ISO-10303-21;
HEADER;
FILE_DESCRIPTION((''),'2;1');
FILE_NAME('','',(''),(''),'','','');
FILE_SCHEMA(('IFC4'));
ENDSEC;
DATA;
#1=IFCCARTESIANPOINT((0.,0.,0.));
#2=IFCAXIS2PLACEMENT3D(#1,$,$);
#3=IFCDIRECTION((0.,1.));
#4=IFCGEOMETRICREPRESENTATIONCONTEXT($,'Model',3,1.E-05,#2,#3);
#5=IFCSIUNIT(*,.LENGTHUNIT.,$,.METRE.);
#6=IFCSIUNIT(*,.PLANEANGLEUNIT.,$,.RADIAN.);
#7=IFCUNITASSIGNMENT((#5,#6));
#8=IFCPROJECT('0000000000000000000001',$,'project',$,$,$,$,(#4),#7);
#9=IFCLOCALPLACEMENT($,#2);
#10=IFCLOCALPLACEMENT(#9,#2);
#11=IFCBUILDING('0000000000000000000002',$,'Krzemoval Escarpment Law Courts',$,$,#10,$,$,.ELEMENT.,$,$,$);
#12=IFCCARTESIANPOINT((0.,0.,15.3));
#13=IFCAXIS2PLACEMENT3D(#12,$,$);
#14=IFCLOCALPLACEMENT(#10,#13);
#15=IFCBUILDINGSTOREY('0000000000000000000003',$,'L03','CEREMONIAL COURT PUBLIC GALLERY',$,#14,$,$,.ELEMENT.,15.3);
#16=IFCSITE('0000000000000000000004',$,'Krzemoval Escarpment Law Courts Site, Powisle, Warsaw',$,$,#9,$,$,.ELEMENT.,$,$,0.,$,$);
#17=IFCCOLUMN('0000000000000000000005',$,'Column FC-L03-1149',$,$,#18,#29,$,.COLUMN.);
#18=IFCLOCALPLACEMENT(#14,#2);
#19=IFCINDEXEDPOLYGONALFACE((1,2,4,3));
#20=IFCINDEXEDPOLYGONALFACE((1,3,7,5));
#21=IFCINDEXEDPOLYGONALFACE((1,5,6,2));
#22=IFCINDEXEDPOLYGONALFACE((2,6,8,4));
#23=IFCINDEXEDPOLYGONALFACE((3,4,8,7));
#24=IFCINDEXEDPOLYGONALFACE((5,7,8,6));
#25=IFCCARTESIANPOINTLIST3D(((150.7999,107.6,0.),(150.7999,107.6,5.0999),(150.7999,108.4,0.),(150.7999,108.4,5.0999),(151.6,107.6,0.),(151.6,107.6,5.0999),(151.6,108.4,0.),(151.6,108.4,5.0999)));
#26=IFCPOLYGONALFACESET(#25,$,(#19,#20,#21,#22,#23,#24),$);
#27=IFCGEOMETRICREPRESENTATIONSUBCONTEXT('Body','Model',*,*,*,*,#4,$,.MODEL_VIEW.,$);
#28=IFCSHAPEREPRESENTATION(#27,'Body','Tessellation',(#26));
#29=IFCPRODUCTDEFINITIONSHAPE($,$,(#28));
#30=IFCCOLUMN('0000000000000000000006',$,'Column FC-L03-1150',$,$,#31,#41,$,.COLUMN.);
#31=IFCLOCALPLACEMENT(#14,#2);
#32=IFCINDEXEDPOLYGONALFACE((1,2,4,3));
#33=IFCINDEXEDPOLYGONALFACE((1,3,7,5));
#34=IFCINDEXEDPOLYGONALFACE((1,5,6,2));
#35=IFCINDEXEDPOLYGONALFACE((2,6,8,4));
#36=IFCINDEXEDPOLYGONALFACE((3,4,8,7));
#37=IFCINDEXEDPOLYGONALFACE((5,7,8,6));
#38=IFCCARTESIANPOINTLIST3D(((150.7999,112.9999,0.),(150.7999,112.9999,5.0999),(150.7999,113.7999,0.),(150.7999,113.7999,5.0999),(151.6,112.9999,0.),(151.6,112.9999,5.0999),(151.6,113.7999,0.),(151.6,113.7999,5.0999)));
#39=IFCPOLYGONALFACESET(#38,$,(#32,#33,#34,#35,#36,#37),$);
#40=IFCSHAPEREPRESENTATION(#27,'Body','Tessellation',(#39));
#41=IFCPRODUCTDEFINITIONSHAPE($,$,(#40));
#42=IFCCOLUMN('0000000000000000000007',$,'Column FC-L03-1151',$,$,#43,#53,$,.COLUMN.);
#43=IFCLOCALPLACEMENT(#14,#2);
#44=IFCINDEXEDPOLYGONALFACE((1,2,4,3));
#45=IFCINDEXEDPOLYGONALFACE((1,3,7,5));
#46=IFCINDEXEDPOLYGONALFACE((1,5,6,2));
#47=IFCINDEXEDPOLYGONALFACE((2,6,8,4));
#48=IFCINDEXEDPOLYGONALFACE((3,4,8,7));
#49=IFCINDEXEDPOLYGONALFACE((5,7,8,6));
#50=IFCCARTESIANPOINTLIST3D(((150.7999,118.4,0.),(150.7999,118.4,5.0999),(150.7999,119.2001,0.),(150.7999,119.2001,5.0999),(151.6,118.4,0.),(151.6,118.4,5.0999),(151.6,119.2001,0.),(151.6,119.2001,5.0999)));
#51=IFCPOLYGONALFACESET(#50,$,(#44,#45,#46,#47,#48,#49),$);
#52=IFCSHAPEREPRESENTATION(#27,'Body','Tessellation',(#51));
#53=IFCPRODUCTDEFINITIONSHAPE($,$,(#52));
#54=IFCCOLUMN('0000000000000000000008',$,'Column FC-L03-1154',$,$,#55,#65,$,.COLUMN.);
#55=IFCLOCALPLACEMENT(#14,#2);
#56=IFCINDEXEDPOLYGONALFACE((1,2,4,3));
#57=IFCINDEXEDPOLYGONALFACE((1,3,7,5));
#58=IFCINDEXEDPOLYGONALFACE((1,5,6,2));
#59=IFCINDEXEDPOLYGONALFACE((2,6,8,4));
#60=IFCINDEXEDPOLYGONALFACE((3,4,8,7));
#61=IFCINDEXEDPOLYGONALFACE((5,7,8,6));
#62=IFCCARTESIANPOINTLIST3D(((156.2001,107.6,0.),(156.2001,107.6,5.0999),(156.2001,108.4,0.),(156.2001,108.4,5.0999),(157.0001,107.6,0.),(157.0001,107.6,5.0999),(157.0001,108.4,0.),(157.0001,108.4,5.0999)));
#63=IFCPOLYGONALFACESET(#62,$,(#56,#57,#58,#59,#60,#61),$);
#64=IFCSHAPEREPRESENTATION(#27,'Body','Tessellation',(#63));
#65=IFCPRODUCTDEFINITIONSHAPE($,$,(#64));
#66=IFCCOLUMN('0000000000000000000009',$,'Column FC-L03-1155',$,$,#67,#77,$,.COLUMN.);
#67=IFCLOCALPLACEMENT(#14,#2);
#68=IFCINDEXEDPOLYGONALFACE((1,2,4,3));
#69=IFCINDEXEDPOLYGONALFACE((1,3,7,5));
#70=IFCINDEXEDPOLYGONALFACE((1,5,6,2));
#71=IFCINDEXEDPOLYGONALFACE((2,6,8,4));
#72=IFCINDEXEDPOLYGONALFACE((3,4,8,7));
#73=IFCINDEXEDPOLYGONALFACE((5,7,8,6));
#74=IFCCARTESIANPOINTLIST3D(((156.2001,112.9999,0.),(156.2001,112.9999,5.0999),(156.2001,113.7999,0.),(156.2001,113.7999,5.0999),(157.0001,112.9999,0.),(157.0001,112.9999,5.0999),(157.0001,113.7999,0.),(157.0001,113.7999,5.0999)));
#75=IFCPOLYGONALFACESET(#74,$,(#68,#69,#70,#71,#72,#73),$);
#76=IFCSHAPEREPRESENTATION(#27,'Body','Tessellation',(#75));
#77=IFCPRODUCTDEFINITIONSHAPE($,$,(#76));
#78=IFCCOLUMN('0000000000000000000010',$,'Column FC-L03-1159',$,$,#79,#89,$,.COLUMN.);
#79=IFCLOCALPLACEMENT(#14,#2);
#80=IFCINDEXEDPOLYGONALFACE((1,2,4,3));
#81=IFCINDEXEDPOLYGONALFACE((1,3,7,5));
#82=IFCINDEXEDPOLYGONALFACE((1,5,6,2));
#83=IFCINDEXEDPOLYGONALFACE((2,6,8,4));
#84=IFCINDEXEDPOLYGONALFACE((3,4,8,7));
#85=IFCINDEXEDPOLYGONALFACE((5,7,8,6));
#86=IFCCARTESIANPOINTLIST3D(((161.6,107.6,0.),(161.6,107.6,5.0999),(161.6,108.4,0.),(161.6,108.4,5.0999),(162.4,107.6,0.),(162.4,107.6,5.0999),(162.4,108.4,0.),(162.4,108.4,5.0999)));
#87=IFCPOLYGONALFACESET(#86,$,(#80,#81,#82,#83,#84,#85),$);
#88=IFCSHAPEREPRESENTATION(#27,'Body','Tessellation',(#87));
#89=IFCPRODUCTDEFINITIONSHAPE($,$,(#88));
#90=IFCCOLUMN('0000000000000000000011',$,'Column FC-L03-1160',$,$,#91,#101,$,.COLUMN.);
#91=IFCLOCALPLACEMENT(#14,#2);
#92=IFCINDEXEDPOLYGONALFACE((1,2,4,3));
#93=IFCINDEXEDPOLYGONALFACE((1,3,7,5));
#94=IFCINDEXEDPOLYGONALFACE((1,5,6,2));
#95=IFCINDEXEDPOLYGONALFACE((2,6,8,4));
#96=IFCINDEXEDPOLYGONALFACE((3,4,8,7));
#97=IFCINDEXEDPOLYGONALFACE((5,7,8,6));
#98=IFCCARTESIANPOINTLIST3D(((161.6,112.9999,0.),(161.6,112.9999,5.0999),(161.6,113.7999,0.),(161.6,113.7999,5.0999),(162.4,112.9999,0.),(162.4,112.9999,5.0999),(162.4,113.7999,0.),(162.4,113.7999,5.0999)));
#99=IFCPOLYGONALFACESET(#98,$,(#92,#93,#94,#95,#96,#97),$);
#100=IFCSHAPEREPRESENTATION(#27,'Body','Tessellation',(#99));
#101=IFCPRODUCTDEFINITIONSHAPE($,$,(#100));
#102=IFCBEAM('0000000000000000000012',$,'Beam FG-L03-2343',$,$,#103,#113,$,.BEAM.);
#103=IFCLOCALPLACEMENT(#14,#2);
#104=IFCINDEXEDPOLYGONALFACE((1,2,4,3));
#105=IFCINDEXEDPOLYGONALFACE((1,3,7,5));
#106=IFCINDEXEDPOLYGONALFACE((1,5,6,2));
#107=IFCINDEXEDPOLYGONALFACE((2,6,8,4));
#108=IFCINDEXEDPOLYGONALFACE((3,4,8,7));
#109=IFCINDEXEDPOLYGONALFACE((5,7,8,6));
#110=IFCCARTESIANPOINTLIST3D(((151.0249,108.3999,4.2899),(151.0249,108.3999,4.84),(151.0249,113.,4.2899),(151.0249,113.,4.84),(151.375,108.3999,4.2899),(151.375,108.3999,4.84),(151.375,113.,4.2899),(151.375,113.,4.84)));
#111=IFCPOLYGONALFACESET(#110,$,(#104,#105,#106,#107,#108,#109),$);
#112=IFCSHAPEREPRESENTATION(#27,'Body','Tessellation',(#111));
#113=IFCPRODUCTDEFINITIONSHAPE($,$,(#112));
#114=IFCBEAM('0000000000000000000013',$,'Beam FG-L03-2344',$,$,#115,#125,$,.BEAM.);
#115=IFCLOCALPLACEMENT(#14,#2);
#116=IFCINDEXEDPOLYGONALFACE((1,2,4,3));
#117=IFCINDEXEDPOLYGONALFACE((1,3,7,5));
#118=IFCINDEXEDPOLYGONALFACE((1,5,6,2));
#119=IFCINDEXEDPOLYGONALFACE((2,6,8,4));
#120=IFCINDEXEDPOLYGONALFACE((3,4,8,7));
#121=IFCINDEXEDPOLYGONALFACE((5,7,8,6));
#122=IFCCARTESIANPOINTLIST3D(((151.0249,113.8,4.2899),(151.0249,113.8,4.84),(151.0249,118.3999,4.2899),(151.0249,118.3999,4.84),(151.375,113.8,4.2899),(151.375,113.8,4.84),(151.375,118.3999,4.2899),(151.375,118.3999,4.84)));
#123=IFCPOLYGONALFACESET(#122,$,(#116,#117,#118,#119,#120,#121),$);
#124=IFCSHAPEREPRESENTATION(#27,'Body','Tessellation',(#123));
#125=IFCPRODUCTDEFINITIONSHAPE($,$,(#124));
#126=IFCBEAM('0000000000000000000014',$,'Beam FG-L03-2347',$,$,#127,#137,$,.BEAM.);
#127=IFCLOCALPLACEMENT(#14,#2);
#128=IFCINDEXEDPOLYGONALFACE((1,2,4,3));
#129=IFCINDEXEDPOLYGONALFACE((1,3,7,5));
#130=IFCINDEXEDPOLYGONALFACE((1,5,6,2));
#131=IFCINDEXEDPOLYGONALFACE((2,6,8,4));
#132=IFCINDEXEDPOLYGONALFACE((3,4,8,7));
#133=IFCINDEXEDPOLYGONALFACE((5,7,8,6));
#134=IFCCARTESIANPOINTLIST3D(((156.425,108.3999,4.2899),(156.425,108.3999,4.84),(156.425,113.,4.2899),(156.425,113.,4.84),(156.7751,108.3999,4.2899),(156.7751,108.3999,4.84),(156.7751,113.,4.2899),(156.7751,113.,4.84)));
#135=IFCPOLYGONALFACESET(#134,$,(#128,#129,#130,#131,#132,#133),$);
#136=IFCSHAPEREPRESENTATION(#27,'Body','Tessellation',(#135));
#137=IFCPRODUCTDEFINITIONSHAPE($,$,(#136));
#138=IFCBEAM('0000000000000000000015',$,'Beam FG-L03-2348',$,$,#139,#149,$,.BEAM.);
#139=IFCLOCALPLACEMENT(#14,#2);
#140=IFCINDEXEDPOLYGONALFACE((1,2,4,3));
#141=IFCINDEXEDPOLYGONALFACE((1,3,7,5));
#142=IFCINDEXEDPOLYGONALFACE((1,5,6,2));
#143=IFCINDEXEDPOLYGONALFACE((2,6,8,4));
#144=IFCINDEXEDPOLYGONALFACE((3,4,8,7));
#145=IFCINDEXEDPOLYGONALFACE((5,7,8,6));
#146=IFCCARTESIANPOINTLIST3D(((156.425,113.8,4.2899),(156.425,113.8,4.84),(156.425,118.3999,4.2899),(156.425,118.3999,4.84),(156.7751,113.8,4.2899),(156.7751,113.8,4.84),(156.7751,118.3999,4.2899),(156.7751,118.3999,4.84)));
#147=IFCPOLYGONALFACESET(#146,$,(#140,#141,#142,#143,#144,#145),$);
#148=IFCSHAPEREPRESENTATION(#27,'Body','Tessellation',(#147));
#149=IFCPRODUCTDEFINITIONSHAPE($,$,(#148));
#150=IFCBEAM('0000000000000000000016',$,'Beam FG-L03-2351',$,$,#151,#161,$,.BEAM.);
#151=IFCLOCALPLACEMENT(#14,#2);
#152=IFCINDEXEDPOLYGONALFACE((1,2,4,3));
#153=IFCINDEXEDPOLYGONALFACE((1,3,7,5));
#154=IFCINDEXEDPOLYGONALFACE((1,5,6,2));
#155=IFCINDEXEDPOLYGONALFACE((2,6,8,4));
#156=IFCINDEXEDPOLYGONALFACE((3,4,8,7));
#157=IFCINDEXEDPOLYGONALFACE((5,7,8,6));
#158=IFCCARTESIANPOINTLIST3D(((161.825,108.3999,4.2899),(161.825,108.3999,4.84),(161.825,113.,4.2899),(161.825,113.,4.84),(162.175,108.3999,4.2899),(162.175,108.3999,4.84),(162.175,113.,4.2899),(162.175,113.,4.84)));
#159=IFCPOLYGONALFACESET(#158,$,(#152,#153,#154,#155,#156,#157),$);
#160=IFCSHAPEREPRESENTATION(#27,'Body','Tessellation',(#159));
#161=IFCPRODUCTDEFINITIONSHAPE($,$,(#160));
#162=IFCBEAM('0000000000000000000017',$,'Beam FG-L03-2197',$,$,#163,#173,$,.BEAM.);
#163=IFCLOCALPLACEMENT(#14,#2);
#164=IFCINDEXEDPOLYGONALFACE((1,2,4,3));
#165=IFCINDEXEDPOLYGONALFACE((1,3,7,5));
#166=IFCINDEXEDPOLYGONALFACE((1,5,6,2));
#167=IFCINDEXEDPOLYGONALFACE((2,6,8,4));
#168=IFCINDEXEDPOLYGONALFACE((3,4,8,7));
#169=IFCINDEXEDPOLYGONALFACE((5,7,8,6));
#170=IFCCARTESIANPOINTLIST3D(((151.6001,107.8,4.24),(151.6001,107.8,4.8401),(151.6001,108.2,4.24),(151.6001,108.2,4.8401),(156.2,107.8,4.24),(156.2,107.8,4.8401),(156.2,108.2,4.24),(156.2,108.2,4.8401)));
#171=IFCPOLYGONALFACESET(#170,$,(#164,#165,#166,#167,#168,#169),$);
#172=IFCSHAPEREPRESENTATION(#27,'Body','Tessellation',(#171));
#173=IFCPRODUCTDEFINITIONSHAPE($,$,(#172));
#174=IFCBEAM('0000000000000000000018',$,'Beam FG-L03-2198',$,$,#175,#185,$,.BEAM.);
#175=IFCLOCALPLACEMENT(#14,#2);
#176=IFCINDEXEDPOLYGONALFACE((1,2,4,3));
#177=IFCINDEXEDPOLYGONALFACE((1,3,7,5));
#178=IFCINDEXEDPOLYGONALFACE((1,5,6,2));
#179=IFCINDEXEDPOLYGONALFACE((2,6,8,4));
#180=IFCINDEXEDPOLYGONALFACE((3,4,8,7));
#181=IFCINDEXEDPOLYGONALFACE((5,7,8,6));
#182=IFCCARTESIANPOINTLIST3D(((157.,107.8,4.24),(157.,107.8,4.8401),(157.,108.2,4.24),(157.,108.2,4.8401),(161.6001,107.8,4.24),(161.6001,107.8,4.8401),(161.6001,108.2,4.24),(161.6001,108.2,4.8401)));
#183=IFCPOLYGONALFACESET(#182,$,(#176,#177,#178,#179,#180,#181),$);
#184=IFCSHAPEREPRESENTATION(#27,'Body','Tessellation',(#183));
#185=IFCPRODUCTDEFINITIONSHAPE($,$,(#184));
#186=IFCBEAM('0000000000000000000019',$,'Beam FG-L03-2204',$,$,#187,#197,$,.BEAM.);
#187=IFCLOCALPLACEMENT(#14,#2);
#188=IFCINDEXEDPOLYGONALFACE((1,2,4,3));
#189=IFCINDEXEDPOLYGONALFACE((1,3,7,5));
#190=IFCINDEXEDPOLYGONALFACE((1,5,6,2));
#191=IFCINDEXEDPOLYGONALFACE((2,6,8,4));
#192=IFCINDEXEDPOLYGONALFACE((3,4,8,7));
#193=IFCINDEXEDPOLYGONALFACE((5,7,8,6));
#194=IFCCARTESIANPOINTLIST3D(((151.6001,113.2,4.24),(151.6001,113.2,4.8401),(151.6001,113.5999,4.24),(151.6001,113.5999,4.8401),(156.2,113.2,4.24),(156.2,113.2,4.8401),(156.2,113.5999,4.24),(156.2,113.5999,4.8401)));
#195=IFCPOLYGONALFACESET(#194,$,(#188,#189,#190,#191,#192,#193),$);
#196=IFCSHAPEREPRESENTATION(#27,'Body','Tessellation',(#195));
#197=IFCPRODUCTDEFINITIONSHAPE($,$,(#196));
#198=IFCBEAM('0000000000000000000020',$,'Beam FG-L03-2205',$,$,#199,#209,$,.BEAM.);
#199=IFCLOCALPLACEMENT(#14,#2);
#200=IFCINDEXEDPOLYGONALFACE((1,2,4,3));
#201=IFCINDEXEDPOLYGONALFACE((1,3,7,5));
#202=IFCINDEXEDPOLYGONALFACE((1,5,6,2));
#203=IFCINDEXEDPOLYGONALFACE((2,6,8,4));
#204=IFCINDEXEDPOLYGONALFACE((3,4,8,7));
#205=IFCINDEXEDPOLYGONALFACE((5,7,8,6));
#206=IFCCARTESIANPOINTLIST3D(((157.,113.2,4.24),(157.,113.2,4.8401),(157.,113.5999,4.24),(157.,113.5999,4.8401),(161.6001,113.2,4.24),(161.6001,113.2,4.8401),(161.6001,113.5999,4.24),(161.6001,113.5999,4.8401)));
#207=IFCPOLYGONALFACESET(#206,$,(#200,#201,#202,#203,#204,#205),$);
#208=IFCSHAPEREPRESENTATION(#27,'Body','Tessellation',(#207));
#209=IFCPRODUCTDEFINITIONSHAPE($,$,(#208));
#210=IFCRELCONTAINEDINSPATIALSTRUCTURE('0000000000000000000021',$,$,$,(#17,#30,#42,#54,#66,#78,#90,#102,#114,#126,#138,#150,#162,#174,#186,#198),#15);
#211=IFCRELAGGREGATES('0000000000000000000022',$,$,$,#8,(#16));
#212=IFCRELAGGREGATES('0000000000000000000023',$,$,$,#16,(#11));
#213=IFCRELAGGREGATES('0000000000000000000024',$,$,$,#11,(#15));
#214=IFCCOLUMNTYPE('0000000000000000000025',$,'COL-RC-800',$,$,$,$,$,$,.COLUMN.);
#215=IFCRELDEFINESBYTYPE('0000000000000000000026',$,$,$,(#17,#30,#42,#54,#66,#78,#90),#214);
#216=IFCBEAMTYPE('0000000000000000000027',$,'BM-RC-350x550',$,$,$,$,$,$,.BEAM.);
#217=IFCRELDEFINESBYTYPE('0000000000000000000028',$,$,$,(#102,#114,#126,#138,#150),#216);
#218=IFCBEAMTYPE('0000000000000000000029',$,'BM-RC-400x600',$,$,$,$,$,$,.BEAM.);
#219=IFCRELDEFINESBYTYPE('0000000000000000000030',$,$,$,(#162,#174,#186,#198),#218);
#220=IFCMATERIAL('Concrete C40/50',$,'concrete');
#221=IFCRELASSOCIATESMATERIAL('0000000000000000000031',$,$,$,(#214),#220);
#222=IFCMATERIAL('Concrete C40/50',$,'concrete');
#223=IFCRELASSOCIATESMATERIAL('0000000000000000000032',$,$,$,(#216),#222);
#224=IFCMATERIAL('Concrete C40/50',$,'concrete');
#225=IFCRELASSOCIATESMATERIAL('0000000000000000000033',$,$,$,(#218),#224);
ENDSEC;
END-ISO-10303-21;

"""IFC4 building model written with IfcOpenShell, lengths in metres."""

from ifc_helpers import new_model, si_unit, direction, frame, origin, origin_2d, place, context, subcontext, project, spatial, rectangle, extrude, material, material_profile, profile_set, type_object, element, save


model = new_model("IFC4")

# Units and contexts
model_context = context("Model", 3, precision=1e-05, world=origin(), true_north=direction((0.0, 1.0)))
body_context = subcontext(model_context, "Body", "Model", "MODEL_VIEW")
ifc_project = project(units=[si_unit("LENGTHUNIT", "METRE"), si_unit("PLANEANGLEUNIT", "RADIAN")], contexts=[model_context])

# Site, building, storey
site_placement = place(None, origin())
site = spatial("IfcSite", under=ifc_project, at=site_placement, Name="Krzemoval Escarpment Law Courts Site, Powisle, Warsaw", CompositionType="ELEMENT", RefElevation=0.0)
building_placement = place(site_placement, origin())
building = spatial("IfcBuilding", under=site, at=building_placement, Name="Krzemoval Escarpment Law Courts", CompositionType="ELEMENT")
storey_placement = place(building_placement, frame((0.0, 0.0, 15.3)))
storey = spatial("IfcBuildingStorey", under=building, at=storey_placement, Name="L03", Description="CEREMONIAL COURT PUBLIC GALLERY", CompositionType="ELEMENT", Elevation=15.3)

# Columns
ifc_material_1 = material(Name="Concrete C40/50", Category="concrete")
ifc_material_profile_1 = material_profile(ifc_material_1, rectangle(XDim=0.8, YDim=0.8, at=origin_2d()), Name="RC 800x800")
ifc_profile_set_1 = profile_set([ifc_material_profile_1], Name="Concrete C40/50")
column_type = type_object("IfcColumnType", Name="COL-RC-800", PredefinedType="COLUMN", material=ifc_profile_set_1)
for number, where, z_axis, x_axis, name in (
    (1, (151.2, 108.0, 0.0), (0.0, 0.0, 1.0), (1.0, 0.0, 0.0), "Column FC-L03-1149"),
    (2, (151.2, 113.3999, 0.0), (0.0, 0.0, 1.0), (1.0, 0.0, 0.0), "Column FC-L03-1150"),
    (3, (151.2, 118.8, 0.0), (0.0, 0.0, 1.0), (1.0, 0.0, 0.0), "Column FC-L03-1151"),
    (4, (156.6001, 108.0, 0.0), (0.0, 0.0, 1.0), (1.0, 0.0, 0.0), "Column FC-L03-1154"),
    (5, (156.6001, 113.3999, 0.0), (0.0, 0.0, 1.0), (1.0, 0.0, 0.0), "Column FC-L03-1155"),
    (6, (162.0, 108.0, 0.0), (0.0, 0.0, 1.0), (1.0, 0.0, 0.0), "Column FC-L03-1159"),
    (7, (162.0, 113.3999, 0.0), (0.0, 0.0, 1.0), (1.0, 0.0, 0.0), "Column FC-L03-1160"),
):
    element("IfcColumn", number, at=place(storey_placement, frame(where, z_axis=z_axis, x_axis=x_axis)), inside=storey, type_object=column_type, Name=name, PredefinedType="COLUMN", context=body_context, shape_type="SweptSolid", body=[
        extrude(rectangle(XDim=0.8, YDim=0.8, at=origin_2d()), origin(), (0.0, 0.0, 1.0), 5.0999),
    ])

# Beams
ifc_material_2 = material(Name="Concrete C40/50", Category="concrete")
ifc_material_profile_2 = material_profile(ifc_material_2, rectangle(XDim=0.3501, YDim=0.55, at=origin_2d()), Name="RCB 350x550")
ifc_profile_set_2 = profile_set([ifc_material_profile_2], Name="Concrete C40/50")
beam_type_1 = type_object("IfcBeamType", Name="BM-RC-350x550", PredefinedType="BEAM", material=ifc_profile_set_2)
beam_1_placement = place(storey_placement, frame((151.2, 108.3999, 4.5649), z_axis=(0.0, 1.0, 0.0), x_axis=(-1.0, 0.0, 0.0)))
element("IfcBeam", 8, at=beam_1_placement, inside=storey, type_object=beam_type_1, Name="Beam FG-L03-2343", PredefinedType="BEAM", context=body_context, shape_type="SweptSolid", body=[
    extrude(rectangle(XDim=0.3501, YDim=0.55, at=origin_2d()), origin(), (0.0, 0.0, 1.0), 4.6001),
])
beam_2_placement = place(storey_placement, frame((151.2, 113.8, 4.5649), z_axis=(0.0, 1.0, 0.0), x_axis=(-1.0, 0.0, 0.0)))
element("IfcBeam", 9, at=beam_2_placement, inside=storey, type_object=beam_type_1, Name="Beam FG-L03-2344", PredefinedType="BEAM", context=body_context, shape_type="SweptSolid", body=[
    extrude(rectangle(XDim=0.3501, YDim=0.55, at=origin_2d()), origin(), (0.0, 0.0, 1.0), 4.5999),
])
beam_3_placement = place(storey_placement, frame((156.6001, 108.3999, 4.5649), z_axis=(0.0, 1.0, 0.0), x_axis=(-1.0, 0.0, 0.0)))
element("IfcBeam", 10, at=beam_3_placement, inside=storey, type_object=beam_type_1, Name="Beam FG-L03-2347", PredefinedType="BEAM", context=body_context, shape_type="SweptSolid", body=[
    extrude(rectangle(XDim=0.3501, YDim=0.55, at=origin_2d()), origin(), (0.0, 0.0, 1.0), 4.6001),
])
beam_4_placement = place(storey_placement, frame((156.6001, 113.8, 4.5649), z_axis=(0.0, 1.0, 0.0), x_axis=(-1.0, 0.0, 0.0)))
element("IfcBeam", 11, at=beam_4_placement, inside=storey, type_object=beam_type_1, Name="Beam FG-L03-2348", PredefinedType="BEAM", context=body_context, shape_type="SweptSolid", body=[
    extrude(rectangle(XDim=0.3501, YDim=0.55, at=origin_2d()), origin(), (0.0, 0.0, 1.0), 4.5999),
])
beam_5_placement = place(storey_placement, frame((162.0, 108.3999, 4.5649), z_axis=(0.0, 1.0, 0.0), x_axis=(-1.0, 0.0, 0.0)))
element("IfcBeam", 12, at=beam_5_placement, inside=storey, type_object=beam_type_1, Name="Beam FG-L03-2351", PredefinedType="BEAM", context=body_context, shape_type="SweptSolid", body=[
    extrude(rectangle(XDim=0.3501, YDim=0.55, at=origin_2d()), origin(), (0.0, 0.0, 1.0), 4.6001),
])
ifc_material_3 = material(Name="Concrete C40/50", Category="concrete")
ifc_material_profile_3 = material_profile(ifc_material_3, rectangle(XDim=0.3999, YDim=0.6001, at=origin_2d()), Name="RCB 400x600")
ifc_profile_set_3 = profile_set([ifc_material_profile_3], Name="Concrete C40/50")
beam_type_2 = type_object("IfcBeamType", Name="BM-RC-400x600", PredefinedType="BEAM", material=ifc_profile_set_3)
beam_6_placement = place(storey_placement, frame((151.6001, 108.0, 4.54), z_axis=(1.0, 0.0, 0.0), x_axis=(0.0, 1.0, 0.0)))
element("IfcBeam", 13, at=beam_6_placement, inside=storey, type_object=beam_type_2, Name="Beam FG-L03-2197", PredefinedType="BEAM", context=body_context, shape_type="SweptSolid", body=[
    extrude(rectangle(XDim=0.3999, YDim=0.6001, at=origin_2d()), origin(), (0.0, 0.0, 1.0), 4.5999),
])
beam_7_placement = place(storey_placement, frame((157.0, 108.0, 4.54), z_axis=(1.0, 0.0, 0.0), x_axis=(0.0, 1.0, 0.0)))
element("IfcBeam", 14, at=beam_7_placement, inside=storey, type_object=beam_type_2, Name="Beam FG-L03-2198", PredefinedType="BEAM", context=body_context, shape_type="SweptSolid", body=[
    extrude(rectangle(XDim=0.3999, YDim=0.6001, at=origin_2d()), origin(), (0.0, 0.0, 1.0), 4.6001),
])
beam_8_placement = place(storey_placement, frame((151.6001, 113.3999, 4.54), z_axis=(1.0, 0.0, 0.0), x_axis=(0.0, 1.0, 0.0)))
element("IfcBeam", 15, at=beam_8_placement, inside=storey, type_object=beam_type_2, Name="Beam FG-L03-2204", PredefinedType="BEAM", context=body_context, shape_type="SweptSolid", body=[
    extrude(rectangle(XDim=0.3999, YDim=0.6001, at=origin_2d()), origin(), (0.0, 0.0, 1.0), 4.5999),
])
beam_9_placement = place(storey_placement, frame((157.0, 113.3999, 4.54), z_axis=(1.0, 0.0, 0.0), x_axis=(0.0, 1.0, 0.0)))
element("IfcBeam", 16, at=beam_9_placement, inside=storey, type_object=beam_type_2, Name="Beam FG-L03-2205", PredefinedType="BEAM", context=body_context, shape_type="SweptSolid", body=[
    extrude(rectangle(XDim=0.3999, YDim=0.6001, at=origin_2d()), origin(), (0.0, 0.0, 1.0), 4.6001),
])

save(model, "model.ifc")
